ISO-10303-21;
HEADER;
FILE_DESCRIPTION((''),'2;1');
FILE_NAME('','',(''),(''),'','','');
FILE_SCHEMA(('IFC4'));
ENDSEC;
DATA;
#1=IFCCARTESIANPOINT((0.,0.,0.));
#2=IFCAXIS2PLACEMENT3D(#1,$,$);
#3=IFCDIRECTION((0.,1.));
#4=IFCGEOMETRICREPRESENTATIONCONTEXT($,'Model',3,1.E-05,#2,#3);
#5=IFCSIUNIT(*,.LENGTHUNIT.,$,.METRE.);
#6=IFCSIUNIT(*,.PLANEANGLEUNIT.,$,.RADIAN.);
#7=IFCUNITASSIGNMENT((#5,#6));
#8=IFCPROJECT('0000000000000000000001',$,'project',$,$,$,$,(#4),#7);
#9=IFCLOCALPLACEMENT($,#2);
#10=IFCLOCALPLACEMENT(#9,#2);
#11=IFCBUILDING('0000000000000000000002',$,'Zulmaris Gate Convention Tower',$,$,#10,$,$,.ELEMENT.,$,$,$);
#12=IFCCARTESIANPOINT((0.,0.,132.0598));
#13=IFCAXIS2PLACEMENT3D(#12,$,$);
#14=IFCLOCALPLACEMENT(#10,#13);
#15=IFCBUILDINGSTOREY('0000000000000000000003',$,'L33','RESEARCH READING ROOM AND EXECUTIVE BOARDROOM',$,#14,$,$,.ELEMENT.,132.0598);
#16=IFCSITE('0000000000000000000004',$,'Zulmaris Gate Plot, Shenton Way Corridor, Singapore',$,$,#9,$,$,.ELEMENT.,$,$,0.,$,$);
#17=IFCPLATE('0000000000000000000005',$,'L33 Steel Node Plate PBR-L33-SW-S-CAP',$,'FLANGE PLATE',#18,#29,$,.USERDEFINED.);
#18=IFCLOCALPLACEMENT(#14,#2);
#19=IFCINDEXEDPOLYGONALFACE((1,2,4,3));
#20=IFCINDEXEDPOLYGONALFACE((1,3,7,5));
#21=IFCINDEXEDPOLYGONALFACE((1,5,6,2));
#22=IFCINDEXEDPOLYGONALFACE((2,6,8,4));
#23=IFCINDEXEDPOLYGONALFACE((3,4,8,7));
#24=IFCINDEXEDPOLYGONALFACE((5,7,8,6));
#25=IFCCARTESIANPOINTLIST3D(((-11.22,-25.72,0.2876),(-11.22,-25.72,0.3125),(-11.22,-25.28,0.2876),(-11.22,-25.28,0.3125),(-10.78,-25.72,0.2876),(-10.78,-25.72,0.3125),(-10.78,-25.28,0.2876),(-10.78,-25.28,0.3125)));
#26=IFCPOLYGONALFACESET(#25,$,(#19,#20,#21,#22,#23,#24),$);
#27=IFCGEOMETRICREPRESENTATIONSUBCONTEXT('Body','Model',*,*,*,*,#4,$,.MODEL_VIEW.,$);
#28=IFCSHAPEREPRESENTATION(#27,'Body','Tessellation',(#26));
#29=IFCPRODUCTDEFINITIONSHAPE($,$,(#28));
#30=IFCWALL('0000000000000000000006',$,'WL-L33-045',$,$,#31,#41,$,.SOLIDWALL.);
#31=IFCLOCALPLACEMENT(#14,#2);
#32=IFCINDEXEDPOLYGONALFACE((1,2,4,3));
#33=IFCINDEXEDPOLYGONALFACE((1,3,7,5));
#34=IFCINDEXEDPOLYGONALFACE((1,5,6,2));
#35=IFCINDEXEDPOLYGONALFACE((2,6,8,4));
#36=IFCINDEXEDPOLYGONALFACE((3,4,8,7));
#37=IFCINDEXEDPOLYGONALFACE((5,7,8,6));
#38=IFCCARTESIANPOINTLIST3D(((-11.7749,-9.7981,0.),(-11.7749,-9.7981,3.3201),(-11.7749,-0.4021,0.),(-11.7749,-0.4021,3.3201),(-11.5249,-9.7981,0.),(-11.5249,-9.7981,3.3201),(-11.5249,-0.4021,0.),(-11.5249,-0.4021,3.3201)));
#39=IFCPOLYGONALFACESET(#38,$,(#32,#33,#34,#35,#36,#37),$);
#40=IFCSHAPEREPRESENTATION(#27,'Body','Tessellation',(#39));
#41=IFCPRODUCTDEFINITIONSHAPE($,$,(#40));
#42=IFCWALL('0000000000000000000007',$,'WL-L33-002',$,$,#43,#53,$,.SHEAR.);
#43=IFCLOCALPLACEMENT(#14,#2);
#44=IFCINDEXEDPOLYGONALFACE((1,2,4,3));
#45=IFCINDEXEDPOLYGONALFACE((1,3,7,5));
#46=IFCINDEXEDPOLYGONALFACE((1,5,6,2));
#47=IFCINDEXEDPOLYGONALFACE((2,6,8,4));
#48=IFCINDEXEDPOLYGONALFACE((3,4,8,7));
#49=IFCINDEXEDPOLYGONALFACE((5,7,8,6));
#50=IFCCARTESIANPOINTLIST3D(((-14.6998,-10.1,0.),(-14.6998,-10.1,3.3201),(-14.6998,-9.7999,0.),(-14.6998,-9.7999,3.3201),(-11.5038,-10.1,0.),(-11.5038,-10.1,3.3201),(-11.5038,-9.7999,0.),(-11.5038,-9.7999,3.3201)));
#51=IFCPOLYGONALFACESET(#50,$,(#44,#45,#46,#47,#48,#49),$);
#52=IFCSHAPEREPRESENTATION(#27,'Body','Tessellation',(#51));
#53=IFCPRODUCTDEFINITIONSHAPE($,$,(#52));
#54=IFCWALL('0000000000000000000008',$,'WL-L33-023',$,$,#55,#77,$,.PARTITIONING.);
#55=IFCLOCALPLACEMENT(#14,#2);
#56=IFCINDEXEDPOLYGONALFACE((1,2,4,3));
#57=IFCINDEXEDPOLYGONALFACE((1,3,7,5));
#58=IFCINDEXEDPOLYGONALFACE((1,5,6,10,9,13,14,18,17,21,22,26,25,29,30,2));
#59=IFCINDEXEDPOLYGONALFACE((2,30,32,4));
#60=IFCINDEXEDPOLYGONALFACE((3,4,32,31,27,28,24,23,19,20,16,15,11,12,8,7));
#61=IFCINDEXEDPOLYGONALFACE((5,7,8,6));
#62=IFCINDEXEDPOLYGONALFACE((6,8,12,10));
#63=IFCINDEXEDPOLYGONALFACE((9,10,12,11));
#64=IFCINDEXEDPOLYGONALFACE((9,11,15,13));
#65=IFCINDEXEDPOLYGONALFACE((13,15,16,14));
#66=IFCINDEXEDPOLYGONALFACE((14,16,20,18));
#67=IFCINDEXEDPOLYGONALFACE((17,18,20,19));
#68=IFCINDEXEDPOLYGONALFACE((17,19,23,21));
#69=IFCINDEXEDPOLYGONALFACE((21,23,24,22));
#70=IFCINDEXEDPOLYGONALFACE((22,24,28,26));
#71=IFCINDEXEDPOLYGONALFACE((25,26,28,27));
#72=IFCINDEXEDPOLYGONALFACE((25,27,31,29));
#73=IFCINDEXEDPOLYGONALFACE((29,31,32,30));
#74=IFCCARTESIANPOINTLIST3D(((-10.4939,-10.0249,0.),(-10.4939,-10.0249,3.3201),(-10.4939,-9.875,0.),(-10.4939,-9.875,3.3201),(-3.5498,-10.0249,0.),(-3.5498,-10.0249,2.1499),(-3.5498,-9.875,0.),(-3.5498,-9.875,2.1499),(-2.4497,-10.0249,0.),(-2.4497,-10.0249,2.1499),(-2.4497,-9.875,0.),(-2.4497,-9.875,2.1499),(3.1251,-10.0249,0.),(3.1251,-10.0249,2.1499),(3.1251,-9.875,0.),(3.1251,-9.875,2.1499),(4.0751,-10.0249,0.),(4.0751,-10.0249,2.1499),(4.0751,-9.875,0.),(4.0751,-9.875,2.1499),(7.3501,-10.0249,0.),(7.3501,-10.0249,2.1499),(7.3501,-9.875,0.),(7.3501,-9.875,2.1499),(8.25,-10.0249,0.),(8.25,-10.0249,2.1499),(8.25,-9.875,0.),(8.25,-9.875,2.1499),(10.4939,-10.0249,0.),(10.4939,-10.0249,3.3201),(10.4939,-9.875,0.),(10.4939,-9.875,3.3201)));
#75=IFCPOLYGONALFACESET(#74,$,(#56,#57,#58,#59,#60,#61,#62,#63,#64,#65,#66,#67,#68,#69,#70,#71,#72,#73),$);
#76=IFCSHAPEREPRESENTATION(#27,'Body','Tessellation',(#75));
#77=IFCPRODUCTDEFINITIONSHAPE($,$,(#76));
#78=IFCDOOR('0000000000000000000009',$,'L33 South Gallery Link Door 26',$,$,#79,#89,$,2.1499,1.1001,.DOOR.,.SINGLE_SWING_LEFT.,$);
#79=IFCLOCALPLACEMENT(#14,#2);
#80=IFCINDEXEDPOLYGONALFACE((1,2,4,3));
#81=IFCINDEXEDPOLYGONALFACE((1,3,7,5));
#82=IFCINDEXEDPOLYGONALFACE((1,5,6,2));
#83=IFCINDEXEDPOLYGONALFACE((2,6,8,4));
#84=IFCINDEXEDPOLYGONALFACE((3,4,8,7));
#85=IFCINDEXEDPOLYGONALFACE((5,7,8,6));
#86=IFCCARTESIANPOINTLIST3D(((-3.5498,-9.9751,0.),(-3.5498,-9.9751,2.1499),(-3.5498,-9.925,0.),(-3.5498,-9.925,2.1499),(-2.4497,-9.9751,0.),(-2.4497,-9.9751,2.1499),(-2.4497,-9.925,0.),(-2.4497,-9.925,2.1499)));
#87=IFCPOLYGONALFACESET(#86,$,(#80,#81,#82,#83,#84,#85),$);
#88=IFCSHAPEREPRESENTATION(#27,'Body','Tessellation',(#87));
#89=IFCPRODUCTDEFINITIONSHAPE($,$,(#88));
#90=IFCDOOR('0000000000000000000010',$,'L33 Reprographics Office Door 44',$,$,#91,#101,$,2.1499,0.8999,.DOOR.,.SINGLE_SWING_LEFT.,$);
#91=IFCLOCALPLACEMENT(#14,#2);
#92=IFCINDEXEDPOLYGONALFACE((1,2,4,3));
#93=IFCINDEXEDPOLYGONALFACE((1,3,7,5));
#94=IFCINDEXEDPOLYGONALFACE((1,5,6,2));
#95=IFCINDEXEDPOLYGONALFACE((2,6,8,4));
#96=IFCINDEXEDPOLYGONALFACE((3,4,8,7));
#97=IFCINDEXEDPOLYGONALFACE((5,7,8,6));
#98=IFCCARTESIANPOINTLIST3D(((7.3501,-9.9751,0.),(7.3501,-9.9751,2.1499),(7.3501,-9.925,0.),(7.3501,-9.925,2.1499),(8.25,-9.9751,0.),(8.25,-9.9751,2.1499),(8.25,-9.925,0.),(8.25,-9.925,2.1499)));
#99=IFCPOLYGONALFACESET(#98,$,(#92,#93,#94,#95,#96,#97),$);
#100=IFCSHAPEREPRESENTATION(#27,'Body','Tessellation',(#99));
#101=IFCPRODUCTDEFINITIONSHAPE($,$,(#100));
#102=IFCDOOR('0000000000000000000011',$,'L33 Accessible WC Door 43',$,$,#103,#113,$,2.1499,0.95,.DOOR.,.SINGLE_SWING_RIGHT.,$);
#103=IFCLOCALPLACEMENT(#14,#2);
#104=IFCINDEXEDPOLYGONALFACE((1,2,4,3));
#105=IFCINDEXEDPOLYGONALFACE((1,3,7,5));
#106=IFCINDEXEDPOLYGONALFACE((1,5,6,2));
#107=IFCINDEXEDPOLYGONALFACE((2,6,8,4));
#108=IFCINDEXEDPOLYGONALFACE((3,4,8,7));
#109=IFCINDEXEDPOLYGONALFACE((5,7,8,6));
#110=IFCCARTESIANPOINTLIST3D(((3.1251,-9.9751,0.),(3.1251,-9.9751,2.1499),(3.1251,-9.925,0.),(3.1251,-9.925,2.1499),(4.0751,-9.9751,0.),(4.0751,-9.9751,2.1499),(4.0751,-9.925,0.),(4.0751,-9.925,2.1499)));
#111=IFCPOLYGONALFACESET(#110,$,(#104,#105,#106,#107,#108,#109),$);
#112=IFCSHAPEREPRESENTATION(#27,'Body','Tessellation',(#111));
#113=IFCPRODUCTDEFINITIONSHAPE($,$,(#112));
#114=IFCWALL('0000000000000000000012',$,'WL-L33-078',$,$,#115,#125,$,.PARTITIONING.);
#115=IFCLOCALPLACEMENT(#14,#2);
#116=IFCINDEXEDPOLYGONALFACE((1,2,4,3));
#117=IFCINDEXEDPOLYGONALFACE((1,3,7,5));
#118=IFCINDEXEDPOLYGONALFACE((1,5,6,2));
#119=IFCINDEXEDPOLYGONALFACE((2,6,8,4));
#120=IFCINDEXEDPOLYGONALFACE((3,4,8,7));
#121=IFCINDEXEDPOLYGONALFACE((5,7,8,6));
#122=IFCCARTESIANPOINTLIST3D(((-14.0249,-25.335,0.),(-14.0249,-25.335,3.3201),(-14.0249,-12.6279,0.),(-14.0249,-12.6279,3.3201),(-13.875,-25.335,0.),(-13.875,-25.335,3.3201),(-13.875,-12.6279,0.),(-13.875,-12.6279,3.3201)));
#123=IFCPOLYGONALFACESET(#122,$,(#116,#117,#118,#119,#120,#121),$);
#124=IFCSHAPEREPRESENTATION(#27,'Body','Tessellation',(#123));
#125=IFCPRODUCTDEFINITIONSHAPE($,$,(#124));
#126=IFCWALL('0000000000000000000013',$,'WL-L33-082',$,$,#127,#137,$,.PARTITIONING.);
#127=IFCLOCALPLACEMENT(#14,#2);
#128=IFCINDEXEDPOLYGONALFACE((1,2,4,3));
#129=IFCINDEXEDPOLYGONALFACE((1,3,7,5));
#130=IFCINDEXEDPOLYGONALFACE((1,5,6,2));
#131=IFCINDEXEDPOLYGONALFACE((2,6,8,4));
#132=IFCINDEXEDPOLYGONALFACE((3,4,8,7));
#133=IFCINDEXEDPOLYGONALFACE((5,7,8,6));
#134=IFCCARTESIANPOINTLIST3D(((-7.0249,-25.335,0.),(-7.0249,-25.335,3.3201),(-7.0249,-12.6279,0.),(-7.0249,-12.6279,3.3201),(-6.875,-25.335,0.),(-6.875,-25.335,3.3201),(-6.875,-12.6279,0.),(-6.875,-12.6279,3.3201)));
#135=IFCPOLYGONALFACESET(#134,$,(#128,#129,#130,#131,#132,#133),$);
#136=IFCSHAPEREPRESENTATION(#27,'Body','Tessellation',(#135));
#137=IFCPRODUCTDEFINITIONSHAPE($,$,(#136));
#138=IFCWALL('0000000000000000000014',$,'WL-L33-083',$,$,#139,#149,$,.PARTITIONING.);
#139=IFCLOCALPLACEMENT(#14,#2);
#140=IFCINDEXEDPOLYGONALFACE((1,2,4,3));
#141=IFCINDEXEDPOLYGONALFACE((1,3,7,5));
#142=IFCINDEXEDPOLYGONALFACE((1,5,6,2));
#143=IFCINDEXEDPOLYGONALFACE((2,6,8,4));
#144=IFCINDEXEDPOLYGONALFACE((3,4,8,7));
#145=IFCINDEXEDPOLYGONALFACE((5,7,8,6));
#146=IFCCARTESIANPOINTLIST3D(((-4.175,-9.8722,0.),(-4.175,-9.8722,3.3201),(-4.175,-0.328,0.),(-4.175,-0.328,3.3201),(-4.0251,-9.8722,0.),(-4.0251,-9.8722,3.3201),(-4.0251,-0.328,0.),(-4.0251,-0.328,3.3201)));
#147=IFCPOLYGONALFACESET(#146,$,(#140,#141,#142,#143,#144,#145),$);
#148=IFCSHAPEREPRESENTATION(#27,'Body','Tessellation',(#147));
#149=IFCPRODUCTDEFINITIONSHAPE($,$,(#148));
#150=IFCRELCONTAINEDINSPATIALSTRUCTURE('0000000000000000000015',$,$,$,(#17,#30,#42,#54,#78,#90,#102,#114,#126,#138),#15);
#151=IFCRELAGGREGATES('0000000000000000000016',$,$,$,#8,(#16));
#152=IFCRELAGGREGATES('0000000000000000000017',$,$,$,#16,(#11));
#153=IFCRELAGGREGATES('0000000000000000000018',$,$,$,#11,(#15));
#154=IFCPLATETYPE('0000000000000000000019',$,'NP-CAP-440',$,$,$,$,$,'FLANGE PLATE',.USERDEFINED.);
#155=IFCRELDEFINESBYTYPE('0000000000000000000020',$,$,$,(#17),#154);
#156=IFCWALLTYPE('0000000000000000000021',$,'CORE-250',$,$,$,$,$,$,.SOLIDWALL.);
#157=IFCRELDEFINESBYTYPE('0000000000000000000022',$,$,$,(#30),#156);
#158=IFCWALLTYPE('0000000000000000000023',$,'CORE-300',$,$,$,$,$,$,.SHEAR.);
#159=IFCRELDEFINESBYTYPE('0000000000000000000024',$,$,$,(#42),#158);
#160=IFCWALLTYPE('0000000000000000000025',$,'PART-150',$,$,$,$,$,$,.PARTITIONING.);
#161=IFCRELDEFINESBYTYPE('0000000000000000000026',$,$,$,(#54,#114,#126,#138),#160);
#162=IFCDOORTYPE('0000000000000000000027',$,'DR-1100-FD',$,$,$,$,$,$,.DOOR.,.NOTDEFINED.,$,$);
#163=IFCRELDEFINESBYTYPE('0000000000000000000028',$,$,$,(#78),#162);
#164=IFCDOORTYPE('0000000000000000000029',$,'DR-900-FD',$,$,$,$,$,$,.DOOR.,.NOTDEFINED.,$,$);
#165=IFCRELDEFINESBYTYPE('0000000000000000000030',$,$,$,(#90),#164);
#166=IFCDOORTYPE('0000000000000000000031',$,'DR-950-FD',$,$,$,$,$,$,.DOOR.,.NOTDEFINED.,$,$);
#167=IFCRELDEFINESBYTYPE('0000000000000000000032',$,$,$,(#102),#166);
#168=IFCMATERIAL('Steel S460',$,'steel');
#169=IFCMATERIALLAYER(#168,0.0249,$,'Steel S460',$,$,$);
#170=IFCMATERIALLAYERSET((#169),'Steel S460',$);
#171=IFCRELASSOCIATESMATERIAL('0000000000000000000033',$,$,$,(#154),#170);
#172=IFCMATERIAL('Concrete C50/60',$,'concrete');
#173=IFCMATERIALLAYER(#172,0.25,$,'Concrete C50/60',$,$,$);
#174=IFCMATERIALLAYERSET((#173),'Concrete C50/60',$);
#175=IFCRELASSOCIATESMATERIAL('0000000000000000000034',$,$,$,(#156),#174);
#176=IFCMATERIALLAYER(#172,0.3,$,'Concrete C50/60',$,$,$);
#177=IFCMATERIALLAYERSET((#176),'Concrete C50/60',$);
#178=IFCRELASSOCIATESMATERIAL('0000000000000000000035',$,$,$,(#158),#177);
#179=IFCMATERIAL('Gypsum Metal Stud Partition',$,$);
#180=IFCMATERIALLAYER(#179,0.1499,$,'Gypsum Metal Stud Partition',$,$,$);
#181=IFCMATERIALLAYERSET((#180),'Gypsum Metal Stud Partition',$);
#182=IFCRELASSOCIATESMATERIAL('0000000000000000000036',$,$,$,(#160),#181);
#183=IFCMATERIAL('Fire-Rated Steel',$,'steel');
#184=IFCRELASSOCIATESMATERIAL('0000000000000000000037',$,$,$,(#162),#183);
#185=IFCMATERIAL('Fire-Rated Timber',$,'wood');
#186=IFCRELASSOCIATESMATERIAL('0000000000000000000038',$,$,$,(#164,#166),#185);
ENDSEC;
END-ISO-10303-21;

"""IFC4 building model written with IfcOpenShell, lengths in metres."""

from ifc_helpers import new_model, si_unit, direction, frame, frame_2d, origin, origin_2d, place, context, subcontext, project, spatial, rectangle, extrude, material, layer, layer_set, type_object, element, fill, save


model = new_model("IFC4")

# Units and contexts
model_context = context("Model", 3, precision=1e-05, world=origin(), true_north=direction((0.0, 1.0)))
body_context = subcontext(model_context, "Body", "Model", "MODEL_VIEW")
ifc_project = project(units=[si_unit("LENGTHUNIT", "METRE"), si_unit("PLANEANGLEUNIT", "RADIAN")], contexts=[model_context])

# Site, building, storey
site_placement = place(None, origin())
site = spatial("IfcSite", under=ifc_project, at=site_placement, Name="Zulmaris Gate Plot, Shenton Way Corridor, Singapore", CompositionType="ELEMENT", RefElevation=0.0)
building_placement = place(site_placement, origin())
building = spatial("IfcBuilding", under=site, at=building_placement, Name="Zulmaris Gate Convention Tower", CompositionType="ELEMENT")
storey_placement = place(building_placement, frame((0.0, 0.0, 132.0598)))
storey = spatial("IfcBuildingStorey", under=building, at=storey_placement, Name="L33", Description="RESEARCH READING ROOM AND EXECUTIVE BOARDROOM", CompositionType="ELEMENT", Elevation=132.0598)

# Shared definitions
ifc_material_1 = material(Name="Steel S460", Category="steel")

# Plate
ifc_layer_1 = layer(ifc_material_1, 0.0249, Name="Steel S460")
ifc_layer_set_1 = layer_set([ifc_layer_1], Name="Steel S460")
plate_type = type_object("IfcPlateType", Name="NP-CAP-440", ElementType="FLANGE PLATE", PredefinedType="USERDEFINED", material=ifc_layer_set_1)
plate_placement = place(storey_placement, frame((-11.0, -25.5, 0.2876), z_axis=(0.0, 0.0, 1.0), x_axis=(1.0, 0.0, 0.0)))
element("IfcPlate", 1, at=plate_placement, inside=storey, type_object=plate_type, Name="L33 Steel Node Plate PBR-L33-SW-S-CAP", ObjectType="FLANGE PLATE", PredefinedType="USERDEFINED", context=body_context, shape_type="SweptSolid", body=[
    extrude(rectangle(XDim=0.4399, YDim=0.4399, at=origin_2d()), origin(), (0.0, 0.0, 1.0), 0.0249),
])

# Walls
ifc_material_2 = material(Name="Concrete C50/60", Category="concrete")
ifc_layer_2 = layer(ifc_material_2, 0.25, Name="Concrete C50/60")
ifc_layer_set_2 = layer_set([ifc_layer_2], Name="Concrete C50/60")
wall_type_1 = type_object("IfcWallType", Name="CORE-250", PredefinedType="SOLIDWALL", material=ifc_layer_set_2)
wall_1_placement = place(storey_placement, frame((-11.6499, -9.7981, 0.0), z_axis=(0.0, 0.0, 1.0), x_axis=(0.0, 1.0, 0.0)))
element("IfcWall", 2, at=wall_1_placement, inside=storey, type_object=wall_type_1, Name="WL-L33-045", PredefinedType="SOLIDWALL", context=body_context, shape_type="SweptSolid", body=[
    extrude(rectangle(XDim=9.396, YDim=0.25, at=frame_2d((4.698, 0.0))), origin(), (0.0, 0.0, 1.0), 3.3201),
])
ifc_layer_3 = layer(ifc_material_2, 0.3, Name="Concrete C50/60")
ifc_layer_set_3 = layer_set([ifc_layer_3], Name="Concrete C50/60")
wall_type_2 = type_object("IfcWallType", Name="CORE-300", PredefinedType="SHEAR", material=ifc_layer_set_3)
wall_2_placement = place(storey_placement, frame((-14.7, -9.95, 0.0), z_axis=(0.0, 0.0, 1.0), x_axis=(1.0, 0.0, 0.0)))
element("IfcWall", 3, at=wall_2_placement, inside=storey, type_object=wall_type_2, Name="WL-L33-002", PredefinedType="SHEAR", context=body_context, shape_type="SweptSolid", body=[
    extrude(rectangle(XDim=3.196, YDim=0.3, at=frame_2d((1.5981, 0.0))), origin(), (0.0, 0.0, 1.0), 3.3201),
])

# Wall, openings, doors
ifc_material_3 = material(Name="Gypsum Metal Stud Partition")
ifc_layer_4 = layer(ifc_material_3, 0.1499, Name="Gypsum Metal Stud Partition")
ifc_layer_set_4 = layer_set([ifc_layer_4], Name="Gypsum Metal Stud Partition")
wall_type_3 = type_object("IfcWallType", Name="PART-150", PredefinedType="PARTITIONING", material=ifc_layer_set_4)
wall_3_placement = place(storey_placement, frame((-10.4939, -9.95, 0.0), z_axis=(0.0, 0.0, 1.0), x_axis=(1.0, 0.0, 0.0)))
wall_3 = element("IfcWall", 4, at=wall_3_placement, inside=storey, type_object=wall_type_3, Name="WL-L33-023", PredefinedType="PARTITIONING", context=body_context, shape_type="SweptSolid", body=[
    extrude(rectangle(XDim=20.9878, YDim=0.1499, at=frame_2d((10.4939, 0.0))), origin(), (0.0, 0.0, 1.0), 3.3201),
])
opening_1_placement = place(wall_3_placement, frame((6.9441, 0.0, 0.0)))
opening_1 = element("IfcOpeningElement", 5, at=opening_1_placement, cuts=wall_3, PredefinedType="OPENING", context=body_context, shape_type="SweptSolid", body=[
    extrude(rectangle(XDim=1.1001, YDim=2.1499, at=frame_2d((0.55, 1.075))), frame((0.0, 0.085, 0.0), z_axis=(0.0, -1.0, 0.0), x_axis=(1.0, 0.0, 0.0)), (0.0, 0.0, 1.0), 0.1699),
])
opening_2_placement = place(wall_3_placement, frame((13.6189, 0.0, 0.0)))
opening_2 = element("IfcOpeningElement", 6, at=opening_2_placement, cuts=wall_3, PredefinedType="OPENING", context=body_context, shape_type="SweptSolid", body=[
    extrude(rectangle(XDim=0.95, YDim=2.1499, at=frame_2d((0.4751, 1.075))), frame((0.0, 0.085, 0.0), z_axis=(0.0, -1.0, 0.0), x_axis=(1.0, 0.0, 0.0)), (0.0, 0.0, 1.0), 0.1699),
])
opening_3_placement = place(wall_3_placement, frame((17.844, 0.0, 0.0)))
opening_3 = element("IfcOpeningElement", 7, at=opening_3_placement, cuts=wall_3, PredefinedType="OPENING", context=body_context, shape_type="SweptSolid", body=[
    extrude(rectangle(XDim=0.8999, YDim=2.1499, at=frame_2d((0.45, 1.075))), frame((0.0, 0.085, 0.0), z_axis=(0.0, -1.0, 0.0), x_axis=(1.0, 0.0, 0.0)), (0.0, 0.0, 1.0), 0.1699),
])
ifc_material_4 = material(Name="Fire-Rated Steel", Category="steel")
door_type_1 = type_object("IfcDoorType", Name="DR-1100-FD", OperationType="NOTDEFINED", PredefinedType="DOOR", material=ifc_material_4)
door_1_placement = place(opening_1_placement, origin())
door_1 = element("IfcDoor", 8, at=door_1_placement, inside=storey, type_object=door_type_1, Name="L33 South Gallery Link Door 26", OperationType="SINGLE_SWING_LEFT", OverallHeight=2.1499, OverallWidth=1.1001, PredefinedType="DOOR", context=body_context, shape_type="SweptSolid", body=[
    extrude(rectangle(XDim=1.1001, YDim=2.1499, at=frame_2d((0.55, 1.075))), frame((0.0, 0.0249, 0.0), z_axis=(0.0, -1.0, 0.0), x_axis=(1.0, 0.0, 0.0)), (0.0, 0.0, 1.0), 0.05),
])
fill(opening_1, door_1)
ifc_material_5 = material(Name="Fire-Rated Timber", Category="wood")
door_type_2 = type_object("IfcDoorType", Name="DR-900-FD", OperationType="NOTDEFINED", PredefinedType="DOOR", material=ifc_material_5)
door_2_placement = place(opening_3_placement, origin())
door_2 = element("IfcDoor", 9, at=door_2_placement, inside=storey, type_object=door_type_2, Name="L33 Reprographics Office Door 44", OperationType="SINGLE_SWING_LEFT", OverallHeight=2.1499, OverallWidth=0.8999, PredefinedType="DOOR", context=body_context, shape_type="SweptSolid", body=[
    extrude(rectangle(XDim=0.8999, YDim=2.1499, at=frame_2d((0.45, 1.075))), frame((0.0, 0.0249, 0.0), z_axis=(0.0, -1.0, 0.0), x_axis=(1.0, 0.0, 0.0)), (0.0, 0.0, 1.0), 0.05),
])
fill(opening_3, door_2)
door_type_3 = type_object("IfcDoorType", Name="DR-950-FD", OperationType="NOTDEFINED", PredefinedType="DOOR", material=ifc_material_5)
door_3_placement = place(opening_2_placement, origin())
door_3 = element("IfcDoor", 10, at=door_3_placement, inside=storey, type_object=door_type_3, Name="L33 Accessible WC Door 43", OperationType="SINGLE_SWING_RIGHT", OverallHeight=2.1499, OverallWidth=0.95, PredefinedType="DOOR", context=body_context, shape_type="SweptSolid", body=[
    extrude(rectangle(XDim=0.95, YDim=2.1499, at=frame_2d((0.4751, 1.075))), frame((0.0, 0.0249, 0.0), z_axis=(0.0, -1.0, 0.0), x_axis=(1.0, 0.0, 0.0)), (0.0, 0.0, 1.0), 0.05),
])
fill(opening_2, door_3)

# Walls
for number, where, z_axis, x_axis, name in (
    (11, (-13.95, -25.335, 0.0), (0.0, 0.0, 1.0), (0.0, 1.0, 0.0), "WL-L33-078"),
    (12, (-6.95, -25.335, 0.0), (0.0, 0.0, 1.0), (0.0, 1.0, 0.0), "WL-L33-082"),
):
    element("IfcWall", number, at=place(storey_placement, frame(where, z_axis=z_axis, x_axis=x_axis)), inside=storey, type_object=wall_type_3, Name=name, PredefinedType="PARTITIONING", context=body_context, shape_type="SweptSolid", body=[
        extrude(rectangle(XDim=12.707, YDim=0.1499, at=frame_2d((6.3535, 0.0))), origin(), (0.0, 0.0, 1.0), 3.3201),
    ])
wall_4_placement = place(storey_placement, frame((-4.1001, -9.8721, 0.0), z_axis=(0.0, 0.0, 1.0), x_axis=(0.0, 1.0, 0.0)))
element("IfcWall", 13, at=wall_4_placement, inside=storey, type_object=wall_type_3, Name="WL-L33-083", PredefinedType="PARTITIONING", context=body_context, shape_type="SweptSolid", body=[
    extrude(rectangle(XDim=9.5442, YDim=0.1499, at=frame_2d((4.772, 0.0))), origin(), (0.0, 0.0, 1.0), 3.3201),
])

save(model, "model.ifc")
